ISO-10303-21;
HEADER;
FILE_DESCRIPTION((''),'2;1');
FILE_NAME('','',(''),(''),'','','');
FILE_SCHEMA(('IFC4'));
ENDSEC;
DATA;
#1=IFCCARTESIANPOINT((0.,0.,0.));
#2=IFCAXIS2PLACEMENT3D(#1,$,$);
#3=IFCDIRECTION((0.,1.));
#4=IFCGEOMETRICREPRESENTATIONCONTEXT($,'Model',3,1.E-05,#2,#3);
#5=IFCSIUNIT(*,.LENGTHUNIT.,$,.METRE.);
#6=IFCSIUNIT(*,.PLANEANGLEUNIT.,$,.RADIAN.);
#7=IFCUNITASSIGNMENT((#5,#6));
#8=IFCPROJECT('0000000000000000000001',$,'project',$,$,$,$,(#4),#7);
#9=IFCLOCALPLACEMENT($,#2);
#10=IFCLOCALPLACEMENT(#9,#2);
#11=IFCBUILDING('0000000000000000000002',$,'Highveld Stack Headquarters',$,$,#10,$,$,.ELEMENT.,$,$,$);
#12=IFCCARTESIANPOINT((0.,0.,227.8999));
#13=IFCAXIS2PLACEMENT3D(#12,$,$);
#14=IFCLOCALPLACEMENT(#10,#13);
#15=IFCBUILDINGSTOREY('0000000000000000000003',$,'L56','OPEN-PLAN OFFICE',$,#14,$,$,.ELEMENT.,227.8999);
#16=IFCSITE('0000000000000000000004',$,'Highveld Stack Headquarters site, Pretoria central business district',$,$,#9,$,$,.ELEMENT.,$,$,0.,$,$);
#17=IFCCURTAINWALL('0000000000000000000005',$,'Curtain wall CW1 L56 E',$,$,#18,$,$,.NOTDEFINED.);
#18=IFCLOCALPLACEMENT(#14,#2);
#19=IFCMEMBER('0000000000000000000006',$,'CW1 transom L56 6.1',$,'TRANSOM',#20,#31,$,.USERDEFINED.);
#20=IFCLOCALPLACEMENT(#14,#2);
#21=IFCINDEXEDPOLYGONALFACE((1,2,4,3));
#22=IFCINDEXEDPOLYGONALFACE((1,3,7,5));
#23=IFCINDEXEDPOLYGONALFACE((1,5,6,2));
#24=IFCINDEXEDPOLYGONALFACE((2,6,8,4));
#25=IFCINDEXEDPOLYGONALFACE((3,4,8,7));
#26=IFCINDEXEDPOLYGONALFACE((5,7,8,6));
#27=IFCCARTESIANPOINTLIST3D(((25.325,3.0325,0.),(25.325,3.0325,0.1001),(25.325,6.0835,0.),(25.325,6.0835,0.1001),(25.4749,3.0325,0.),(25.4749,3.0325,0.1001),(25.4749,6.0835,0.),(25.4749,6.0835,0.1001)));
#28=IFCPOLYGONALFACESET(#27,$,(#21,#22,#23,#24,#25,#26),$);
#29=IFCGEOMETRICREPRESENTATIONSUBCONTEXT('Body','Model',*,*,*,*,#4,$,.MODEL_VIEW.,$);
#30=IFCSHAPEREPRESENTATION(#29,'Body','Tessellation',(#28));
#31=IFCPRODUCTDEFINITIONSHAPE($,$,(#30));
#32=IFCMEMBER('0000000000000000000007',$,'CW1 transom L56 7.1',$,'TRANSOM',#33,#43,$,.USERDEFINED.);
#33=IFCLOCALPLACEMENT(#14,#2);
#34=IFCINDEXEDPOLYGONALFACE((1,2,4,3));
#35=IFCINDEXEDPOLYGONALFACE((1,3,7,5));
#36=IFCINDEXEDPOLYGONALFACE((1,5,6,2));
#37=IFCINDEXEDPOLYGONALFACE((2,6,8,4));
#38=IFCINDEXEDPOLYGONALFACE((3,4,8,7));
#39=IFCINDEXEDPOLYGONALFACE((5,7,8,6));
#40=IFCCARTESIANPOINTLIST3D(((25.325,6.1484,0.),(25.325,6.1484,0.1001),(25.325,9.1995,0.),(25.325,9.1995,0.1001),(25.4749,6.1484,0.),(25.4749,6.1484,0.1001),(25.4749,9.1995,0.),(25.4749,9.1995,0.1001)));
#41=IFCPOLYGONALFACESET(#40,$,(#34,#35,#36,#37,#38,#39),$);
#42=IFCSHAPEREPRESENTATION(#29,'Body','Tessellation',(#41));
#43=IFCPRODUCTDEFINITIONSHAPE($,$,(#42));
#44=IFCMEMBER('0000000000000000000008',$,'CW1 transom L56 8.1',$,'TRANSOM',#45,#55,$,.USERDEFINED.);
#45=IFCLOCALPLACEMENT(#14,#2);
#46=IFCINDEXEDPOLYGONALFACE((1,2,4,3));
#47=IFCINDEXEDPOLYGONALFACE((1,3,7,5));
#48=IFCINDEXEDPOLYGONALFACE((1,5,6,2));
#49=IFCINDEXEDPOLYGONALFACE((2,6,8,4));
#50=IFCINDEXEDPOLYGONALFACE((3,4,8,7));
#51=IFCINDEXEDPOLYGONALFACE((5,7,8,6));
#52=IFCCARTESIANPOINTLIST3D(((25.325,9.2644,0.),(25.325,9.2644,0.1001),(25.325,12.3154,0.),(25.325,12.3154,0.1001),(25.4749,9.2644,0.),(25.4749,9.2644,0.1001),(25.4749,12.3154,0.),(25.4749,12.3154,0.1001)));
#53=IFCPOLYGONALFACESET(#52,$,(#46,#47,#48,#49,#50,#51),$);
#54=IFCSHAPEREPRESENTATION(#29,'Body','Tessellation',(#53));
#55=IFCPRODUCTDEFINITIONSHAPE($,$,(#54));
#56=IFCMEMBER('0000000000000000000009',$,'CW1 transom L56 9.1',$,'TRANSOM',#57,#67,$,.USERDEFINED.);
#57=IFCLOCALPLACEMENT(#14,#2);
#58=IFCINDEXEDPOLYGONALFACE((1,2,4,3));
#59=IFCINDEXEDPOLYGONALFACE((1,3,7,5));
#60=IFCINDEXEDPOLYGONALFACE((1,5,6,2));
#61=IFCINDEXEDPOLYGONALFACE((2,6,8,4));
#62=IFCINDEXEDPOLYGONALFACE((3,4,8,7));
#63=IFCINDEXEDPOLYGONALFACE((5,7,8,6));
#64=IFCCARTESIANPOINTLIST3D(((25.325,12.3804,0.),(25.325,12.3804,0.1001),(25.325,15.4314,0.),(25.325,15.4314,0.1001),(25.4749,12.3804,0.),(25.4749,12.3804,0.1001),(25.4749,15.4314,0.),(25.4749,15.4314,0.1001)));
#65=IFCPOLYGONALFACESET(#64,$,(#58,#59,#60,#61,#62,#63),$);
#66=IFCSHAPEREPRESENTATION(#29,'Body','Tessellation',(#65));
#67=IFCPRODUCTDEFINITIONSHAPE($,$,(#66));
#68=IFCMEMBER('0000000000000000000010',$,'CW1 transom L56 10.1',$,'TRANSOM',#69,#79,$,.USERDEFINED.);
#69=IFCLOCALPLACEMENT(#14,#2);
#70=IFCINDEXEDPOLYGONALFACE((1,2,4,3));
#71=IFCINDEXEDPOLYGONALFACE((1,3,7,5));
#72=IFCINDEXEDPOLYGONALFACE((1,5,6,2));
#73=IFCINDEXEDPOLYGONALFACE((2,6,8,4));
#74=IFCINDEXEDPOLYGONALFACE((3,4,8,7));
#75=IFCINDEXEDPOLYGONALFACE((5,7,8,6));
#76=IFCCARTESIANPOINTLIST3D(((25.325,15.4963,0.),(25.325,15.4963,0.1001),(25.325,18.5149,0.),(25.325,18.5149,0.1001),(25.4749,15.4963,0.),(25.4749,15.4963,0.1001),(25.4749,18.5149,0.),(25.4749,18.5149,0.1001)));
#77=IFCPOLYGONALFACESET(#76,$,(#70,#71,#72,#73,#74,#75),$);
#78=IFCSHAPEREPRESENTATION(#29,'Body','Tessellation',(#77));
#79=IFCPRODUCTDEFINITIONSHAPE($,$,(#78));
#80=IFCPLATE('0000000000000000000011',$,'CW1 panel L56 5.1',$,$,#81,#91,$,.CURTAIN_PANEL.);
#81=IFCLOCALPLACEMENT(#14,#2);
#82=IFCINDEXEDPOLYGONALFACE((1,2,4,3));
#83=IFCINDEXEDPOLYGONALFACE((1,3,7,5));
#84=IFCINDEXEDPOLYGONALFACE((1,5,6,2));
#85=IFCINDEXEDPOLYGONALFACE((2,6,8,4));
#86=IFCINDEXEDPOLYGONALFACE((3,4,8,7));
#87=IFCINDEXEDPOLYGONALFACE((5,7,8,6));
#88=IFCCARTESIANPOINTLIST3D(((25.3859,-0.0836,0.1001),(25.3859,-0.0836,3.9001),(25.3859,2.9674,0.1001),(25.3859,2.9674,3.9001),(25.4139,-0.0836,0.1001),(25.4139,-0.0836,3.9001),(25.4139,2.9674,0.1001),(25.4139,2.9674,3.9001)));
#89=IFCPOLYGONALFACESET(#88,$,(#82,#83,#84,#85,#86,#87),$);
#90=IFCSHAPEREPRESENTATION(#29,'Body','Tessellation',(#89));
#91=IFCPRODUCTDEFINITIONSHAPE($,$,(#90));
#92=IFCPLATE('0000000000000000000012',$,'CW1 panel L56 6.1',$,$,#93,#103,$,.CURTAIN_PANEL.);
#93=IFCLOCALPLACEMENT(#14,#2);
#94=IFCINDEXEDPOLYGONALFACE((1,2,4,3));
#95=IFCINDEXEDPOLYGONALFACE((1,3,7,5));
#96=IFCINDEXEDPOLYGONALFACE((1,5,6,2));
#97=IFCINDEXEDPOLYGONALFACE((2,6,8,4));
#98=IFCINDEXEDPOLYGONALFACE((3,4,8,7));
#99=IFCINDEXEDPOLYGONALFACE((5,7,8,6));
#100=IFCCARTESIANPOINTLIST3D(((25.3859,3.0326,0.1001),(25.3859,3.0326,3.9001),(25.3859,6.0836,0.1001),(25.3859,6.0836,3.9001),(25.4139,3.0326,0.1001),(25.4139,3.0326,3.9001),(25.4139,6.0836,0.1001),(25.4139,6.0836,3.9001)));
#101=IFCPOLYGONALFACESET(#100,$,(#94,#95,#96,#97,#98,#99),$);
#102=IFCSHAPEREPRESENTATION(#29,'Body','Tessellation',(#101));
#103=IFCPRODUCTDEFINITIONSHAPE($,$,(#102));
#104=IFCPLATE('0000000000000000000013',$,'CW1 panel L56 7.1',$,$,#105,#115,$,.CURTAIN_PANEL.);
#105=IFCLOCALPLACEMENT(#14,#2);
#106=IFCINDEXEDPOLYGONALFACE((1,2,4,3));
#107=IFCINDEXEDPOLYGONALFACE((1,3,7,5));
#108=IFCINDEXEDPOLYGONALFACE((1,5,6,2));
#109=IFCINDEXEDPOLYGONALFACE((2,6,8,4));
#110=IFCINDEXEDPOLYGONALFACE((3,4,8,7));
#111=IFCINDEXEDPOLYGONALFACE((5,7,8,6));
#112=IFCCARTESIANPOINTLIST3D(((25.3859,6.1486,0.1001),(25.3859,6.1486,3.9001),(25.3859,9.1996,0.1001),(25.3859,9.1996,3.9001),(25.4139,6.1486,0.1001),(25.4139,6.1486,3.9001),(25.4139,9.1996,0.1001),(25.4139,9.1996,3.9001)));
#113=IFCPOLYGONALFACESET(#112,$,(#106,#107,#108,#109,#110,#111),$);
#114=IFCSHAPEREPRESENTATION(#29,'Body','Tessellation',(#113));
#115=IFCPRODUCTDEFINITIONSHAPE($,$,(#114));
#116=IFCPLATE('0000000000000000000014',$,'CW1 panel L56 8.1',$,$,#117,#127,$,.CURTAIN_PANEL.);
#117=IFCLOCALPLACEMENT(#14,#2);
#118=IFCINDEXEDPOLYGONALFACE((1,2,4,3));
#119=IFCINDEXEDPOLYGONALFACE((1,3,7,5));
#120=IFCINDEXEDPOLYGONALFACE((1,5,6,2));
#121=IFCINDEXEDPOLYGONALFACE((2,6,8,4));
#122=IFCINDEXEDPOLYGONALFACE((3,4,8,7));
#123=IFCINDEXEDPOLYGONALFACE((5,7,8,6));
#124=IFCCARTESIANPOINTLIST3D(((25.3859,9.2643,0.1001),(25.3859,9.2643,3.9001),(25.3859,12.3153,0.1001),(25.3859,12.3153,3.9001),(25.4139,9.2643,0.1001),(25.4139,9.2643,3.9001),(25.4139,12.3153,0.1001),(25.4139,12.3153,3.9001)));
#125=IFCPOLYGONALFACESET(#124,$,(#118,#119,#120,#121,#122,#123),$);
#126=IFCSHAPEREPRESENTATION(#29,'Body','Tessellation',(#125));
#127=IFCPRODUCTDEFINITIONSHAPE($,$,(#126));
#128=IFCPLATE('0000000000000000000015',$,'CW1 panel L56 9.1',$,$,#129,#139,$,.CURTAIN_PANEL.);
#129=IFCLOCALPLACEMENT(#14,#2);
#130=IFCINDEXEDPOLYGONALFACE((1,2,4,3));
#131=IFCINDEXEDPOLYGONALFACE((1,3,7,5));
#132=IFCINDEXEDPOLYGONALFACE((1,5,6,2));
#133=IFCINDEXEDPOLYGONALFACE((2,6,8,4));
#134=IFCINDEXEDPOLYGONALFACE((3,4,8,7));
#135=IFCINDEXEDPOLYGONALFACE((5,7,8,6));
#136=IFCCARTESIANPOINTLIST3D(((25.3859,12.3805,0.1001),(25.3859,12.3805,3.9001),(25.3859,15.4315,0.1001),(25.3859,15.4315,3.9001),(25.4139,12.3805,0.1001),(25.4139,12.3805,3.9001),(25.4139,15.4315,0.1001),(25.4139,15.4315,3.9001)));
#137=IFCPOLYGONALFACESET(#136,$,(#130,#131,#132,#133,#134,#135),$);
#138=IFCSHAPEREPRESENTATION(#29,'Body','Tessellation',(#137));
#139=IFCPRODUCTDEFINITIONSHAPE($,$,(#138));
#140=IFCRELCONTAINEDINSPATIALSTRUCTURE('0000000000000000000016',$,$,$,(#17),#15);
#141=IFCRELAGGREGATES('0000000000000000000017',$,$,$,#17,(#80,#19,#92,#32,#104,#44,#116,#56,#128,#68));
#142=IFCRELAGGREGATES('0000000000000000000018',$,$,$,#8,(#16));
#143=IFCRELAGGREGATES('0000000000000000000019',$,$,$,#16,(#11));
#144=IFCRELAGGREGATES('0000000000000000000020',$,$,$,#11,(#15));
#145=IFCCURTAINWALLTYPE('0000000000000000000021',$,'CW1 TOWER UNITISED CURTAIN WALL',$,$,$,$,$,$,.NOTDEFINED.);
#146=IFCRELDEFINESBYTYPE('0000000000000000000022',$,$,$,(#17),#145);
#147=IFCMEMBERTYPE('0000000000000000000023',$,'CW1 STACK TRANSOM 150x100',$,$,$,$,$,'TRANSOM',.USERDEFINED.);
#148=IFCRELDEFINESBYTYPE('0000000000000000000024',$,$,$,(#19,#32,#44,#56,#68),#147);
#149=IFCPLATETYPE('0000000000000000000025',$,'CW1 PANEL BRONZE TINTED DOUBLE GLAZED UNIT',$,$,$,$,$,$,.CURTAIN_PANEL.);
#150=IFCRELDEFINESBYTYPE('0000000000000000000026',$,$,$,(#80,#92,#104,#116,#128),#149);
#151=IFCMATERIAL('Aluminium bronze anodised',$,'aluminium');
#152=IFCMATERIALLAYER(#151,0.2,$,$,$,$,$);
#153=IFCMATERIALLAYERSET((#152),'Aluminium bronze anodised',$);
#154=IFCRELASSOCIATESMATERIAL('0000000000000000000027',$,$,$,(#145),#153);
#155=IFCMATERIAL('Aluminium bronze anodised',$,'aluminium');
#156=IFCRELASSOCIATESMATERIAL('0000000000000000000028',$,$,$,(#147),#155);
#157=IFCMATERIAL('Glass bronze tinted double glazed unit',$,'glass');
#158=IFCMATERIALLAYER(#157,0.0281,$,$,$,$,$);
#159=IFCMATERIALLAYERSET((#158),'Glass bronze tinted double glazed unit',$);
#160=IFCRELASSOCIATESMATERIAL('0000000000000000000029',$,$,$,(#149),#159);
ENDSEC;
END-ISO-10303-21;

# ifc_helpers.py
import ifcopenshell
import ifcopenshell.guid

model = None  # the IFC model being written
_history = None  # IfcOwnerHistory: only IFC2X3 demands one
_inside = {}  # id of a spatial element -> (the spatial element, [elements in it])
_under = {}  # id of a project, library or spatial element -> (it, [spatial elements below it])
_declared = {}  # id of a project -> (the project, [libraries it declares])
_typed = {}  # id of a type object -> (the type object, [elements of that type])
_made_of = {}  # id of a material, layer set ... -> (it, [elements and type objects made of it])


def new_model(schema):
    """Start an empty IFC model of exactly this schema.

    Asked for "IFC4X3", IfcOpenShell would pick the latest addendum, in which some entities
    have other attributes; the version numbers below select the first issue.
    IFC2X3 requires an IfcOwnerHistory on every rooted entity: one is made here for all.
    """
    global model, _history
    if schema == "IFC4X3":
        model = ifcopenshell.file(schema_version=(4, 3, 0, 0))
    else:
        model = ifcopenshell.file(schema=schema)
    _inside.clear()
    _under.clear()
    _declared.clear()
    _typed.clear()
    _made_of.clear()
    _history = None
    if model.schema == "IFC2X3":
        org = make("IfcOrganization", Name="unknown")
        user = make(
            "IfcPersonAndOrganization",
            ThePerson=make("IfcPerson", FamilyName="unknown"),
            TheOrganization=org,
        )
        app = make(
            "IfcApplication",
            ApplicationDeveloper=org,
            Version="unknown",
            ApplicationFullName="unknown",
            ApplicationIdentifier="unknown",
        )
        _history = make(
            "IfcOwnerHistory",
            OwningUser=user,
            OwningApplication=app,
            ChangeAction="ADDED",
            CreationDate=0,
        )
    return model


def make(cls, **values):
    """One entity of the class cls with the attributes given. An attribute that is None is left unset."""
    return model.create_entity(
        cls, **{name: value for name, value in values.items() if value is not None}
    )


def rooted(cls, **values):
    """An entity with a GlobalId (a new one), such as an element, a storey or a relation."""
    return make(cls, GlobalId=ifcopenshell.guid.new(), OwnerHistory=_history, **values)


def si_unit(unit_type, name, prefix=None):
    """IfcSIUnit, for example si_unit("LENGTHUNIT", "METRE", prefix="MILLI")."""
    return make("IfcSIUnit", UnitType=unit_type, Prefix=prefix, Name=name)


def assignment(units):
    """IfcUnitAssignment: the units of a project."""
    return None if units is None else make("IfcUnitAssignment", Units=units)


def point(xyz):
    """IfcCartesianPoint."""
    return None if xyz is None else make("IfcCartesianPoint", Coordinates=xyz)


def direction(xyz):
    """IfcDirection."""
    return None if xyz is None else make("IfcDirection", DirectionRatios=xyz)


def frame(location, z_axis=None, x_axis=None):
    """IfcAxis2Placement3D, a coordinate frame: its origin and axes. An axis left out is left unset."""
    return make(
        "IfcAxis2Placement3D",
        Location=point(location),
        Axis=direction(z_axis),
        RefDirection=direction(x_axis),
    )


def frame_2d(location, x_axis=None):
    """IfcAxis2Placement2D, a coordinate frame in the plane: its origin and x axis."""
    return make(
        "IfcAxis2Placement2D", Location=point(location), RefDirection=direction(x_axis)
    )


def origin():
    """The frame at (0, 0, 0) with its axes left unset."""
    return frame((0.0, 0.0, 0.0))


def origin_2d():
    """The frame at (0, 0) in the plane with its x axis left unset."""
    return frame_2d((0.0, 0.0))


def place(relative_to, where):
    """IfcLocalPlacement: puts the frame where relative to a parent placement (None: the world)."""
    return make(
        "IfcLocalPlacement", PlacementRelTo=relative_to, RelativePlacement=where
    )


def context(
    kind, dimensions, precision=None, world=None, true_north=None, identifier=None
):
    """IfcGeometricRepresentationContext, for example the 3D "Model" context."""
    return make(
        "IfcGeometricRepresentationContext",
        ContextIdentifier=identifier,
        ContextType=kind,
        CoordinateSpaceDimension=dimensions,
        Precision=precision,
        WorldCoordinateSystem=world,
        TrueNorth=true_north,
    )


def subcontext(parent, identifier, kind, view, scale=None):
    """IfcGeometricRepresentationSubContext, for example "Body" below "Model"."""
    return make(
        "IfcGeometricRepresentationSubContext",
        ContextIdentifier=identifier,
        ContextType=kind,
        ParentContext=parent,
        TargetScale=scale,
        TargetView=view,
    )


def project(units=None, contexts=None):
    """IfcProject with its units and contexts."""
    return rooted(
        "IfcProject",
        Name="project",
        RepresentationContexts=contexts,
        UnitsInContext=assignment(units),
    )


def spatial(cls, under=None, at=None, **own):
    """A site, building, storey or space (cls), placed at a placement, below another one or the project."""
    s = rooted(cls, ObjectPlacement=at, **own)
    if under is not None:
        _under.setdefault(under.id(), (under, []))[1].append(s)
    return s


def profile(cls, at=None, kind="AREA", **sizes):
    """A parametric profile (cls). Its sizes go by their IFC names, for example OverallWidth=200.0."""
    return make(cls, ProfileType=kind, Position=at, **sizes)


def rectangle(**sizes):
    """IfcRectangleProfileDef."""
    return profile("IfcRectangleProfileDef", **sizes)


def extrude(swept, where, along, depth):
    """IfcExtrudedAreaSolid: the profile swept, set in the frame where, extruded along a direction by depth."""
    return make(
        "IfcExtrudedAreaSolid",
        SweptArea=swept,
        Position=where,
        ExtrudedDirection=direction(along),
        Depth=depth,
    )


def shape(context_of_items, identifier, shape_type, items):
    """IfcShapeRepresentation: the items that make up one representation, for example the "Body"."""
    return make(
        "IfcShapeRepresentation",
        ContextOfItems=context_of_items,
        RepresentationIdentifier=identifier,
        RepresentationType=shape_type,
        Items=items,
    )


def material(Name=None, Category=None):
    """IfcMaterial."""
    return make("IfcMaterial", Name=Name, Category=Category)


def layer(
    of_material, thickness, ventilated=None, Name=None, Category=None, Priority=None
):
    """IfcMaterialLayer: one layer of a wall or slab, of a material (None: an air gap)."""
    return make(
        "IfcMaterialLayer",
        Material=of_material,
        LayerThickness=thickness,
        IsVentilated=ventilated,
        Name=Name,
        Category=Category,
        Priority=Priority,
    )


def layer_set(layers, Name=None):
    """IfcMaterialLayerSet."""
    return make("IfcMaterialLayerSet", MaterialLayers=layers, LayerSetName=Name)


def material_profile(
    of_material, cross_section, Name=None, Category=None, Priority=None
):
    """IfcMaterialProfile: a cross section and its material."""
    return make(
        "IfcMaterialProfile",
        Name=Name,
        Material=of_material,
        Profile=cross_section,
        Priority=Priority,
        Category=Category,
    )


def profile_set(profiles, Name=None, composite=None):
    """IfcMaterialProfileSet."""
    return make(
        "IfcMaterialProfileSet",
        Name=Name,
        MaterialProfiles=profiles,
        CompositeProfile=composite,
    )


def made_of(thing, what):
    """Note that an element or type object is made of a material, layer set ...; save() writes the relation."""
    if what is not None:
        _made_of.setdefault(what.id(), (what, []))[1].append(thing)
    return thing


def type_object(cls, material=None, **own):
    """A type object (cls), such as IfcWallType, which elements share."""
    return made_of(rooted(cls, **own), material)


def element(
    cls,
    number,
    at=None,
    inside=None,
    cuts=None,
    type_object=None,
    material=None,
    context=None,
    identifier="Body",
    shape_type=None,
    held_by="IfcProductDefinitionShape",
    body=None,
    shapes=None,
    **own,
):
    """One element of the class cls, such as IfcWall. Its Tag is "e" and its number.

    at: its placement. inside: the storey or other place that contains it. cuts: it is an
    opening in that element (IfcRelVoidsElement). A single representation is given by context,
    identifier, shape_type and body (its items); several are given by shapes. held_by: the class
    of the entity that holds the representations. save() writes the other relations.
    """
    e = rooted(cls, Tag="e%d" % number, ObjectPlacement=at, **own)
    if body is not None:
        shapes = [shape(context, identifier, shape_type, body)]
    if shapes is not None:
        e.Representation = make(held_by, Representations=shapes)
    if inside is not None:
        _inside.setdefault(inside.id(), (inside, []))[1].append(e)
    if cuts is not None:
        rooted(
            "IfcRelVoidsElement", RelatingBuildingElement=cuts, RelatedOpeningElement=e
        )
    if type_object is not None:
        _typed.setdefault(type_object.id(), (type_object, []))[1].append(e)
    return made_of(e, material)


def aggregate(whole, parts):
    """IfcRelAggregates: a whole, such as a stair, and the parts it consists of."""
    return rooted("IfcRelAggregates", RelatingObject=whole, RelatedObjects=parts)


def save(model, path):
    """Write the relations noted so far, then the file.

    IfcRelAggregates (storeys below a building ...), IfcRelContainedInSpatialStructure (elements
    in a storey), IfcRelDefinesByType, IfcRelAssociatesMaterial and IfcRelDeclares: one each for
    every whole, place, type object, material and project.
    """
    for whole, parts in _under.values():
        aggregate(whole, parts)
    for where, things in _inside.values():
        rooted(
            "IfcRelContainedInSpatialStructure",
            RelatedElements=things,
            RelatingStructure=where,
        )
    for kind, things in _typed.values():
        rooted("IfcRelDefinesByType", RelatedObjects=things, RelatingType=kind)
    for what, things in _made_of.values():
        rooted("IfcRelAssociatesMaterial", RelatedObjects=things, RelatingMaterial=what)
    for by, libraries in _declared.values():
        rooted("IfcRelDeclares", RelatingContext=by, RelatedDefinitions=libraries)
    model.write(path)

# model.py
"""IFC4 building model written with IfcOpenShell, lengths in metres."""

from ifc_helpers import new_model, si_unit, direction, frame, origin, origin_2d, place, context, subcontext, project, spatial, rectangle, extrude, material, layer, layer_set, material_profile, profile_set, type_object, element, aggregate, save


model = new_model("IFC4")

# Units and contexts
model_context = context("Model", 3, precision=1e-05, world=origin(), true_north=direction((0.0, 1.0)))
body_context = subcontext(model_context, "Body", "Model", "MODEL_VIEW")
ifc_project = project(units=[si_unit("LENGTHUNIT", "METRE"), si_unit("PLANEANGLEUNIT", "RADIAN")], contexts=[model_context])

# Site, building, storey
site_placement = place(None, origin())
site = spatial("IfcSite", under=ifc_project, at=site_placement, Name="Highveld Stack Headquarters site, Pretoria central business district", CompositionType="ELEMENT", RefElevation=0.0)
building_placement = place(site_placement, origin())
building = spatial("IfcBuilding", under=site, at=building_placement, Name="Highveld Stack Headquarters", CompositionType="ELEMENT")
storey_placement = place(building_placement, frame((0.0, 0.0, 227.8999)))
storey = spatial("IfcBuildingStorey", under=building, at=storey_placement, Name="L56", Description="OPEN-PLAN OFFICE", CompositionType="ELEMENT", Elevation=227.8999)

# Curtain wall, members, plates
ifc_material_1 = material(Name="Aluminium bronze anodised", Category="aluminium")
ifc_layer_1 = layer(ifc_material_1, 0.2)
ifc_layer_set_1 = layer_set([ifc_layer_1], Name="Aluminium bronze anodised")
curtain_wall_type = type_object("IfcCurtainWallType", Name="CW1 TOWER UNITISED CURTAIN WALL", PredefinedType="NOTDEFINED", material=ifc_layer_set_1)
curtain_wall_placement = place(storey_placement, origin())
curtain_wall = element("IfcCurtainWall", 1, at=curtain_wall_placement, inside=storey, type_object=curtain_wall_type, Name="Curtain wall CW1 L56 E", PredefinedType="NOTDEFINED")
ifc_material_2 = material(Name="Aluminium bronze anodised", Category="aluminium")
ifc_material_profile_1 = material_profile(ifc_material_2, rectangle(XDim=0.1499, YDim=0.1001, at=origin_2d()), Name="CW1 TRANSOM 150x100")
ifc_profile_set_1 = profile_set([ifc_material_profile_1], Name="Aluminium bronze anodised")
member_type_1 = type_object("IfcMemberType", Name="CW1 STACK TRANSOM 150x100", ElementType="TRANSOM", PredefinedType="USERDEFINED", material=ifc_profile_set_1)
member_1_placement = place(storey_placement, frame((25.3999, 3.0325, 0.05), z_axis=(0.0, 1.0, 0.0), x_axis=(-1.0, 0.0, 0.0)))
member_1 = element("IfcMember", 2, at=member_1_placement, type_object=member_type_1, Name="CW1 transom L56 6.1", ObjectType="TRANSOM", PredefinedType="USERDEFINED", context=body_context, shape_type="SweptSolid", body=[
    extrude(rectangle(XDim=0.1499, YDim=0.1001, at=origin_2d()), origin(), (0.0, 0.0, 1.0), 3.051),
])
member_2_placement = place(storey_placement, frame((25.3999, 6.1484, 0.05), z_axis=(0.0, 1.0, 0.0), x_axis=(-1.0, 0.0, 0.0)))
member_2 = element("IfcMember", 3, at=member_2_placement, type_object=member_type_1, Name="CW1 transom L56 7.1", ObjectType="TRANSOM", PredefinedType="USERDEFINED", context=body_context, shape_type="SweptSolid", body=[
    extrude(rectangle(XDim=0.1499, YDim=0.1001, at=origin_2d()), origin(), (0.0, 0.0, 1.0), 3.051),
])
member_3_placement = place(storey_placement, frame((25.3999, 9.2644, 0.05), z_axis=(0.0, 1.0, 0.0), x_axis=(-1.0, 0.0, 0.0)))
member_3 = element("IfcMember", 4, at=member_3_placement, type_object=member_type_1, Name="CW1 transom L56 8.1", ObjectType="TRANSOM", PredefinedType="USERDEFINED", context=body_context, shape_type="SweptSolid", body=[
    extrude(rectangle(XDim=0.1499, YDim=0.1001, at=origin_2d()), origin(), (0.0, 0.0, 1.0), 3.051),
])
member_4_placement = place(storey_placement, frame((25.3999, 12.3804, 0.05), z_axis=(0.0, 1.0, 0.0), x_axis=(-1.0, 0.0, 0.0)))
member_4 = element("IfcMember", 5, at=member_4_placement, type_object=member_type_1, Name="CW1 transom L56 9.1", ObjectType="TRANSOM", PredefinedType="USERDEFINED", context=body_context, shape_type="SweptSolid", body=[
    extrude(rectangle(XDim=0.1499, YDim=0.1001, at=origin_2d()), origin(), (0.0, 0.0, 1.0), 3.051),
])
member_5_placement = place(storey_placement, frame((25.3999, 15.4963, 0.05), z_axis=(0.0, 1.0, 0.0), x_axis=(-1.0, 0.0, 0.0)))
member_5 = element("IfcMember", 6, at=member_5_placement, type_object=member_type_1, Name="CW1 transom L56 10.1", ObjectType="TRANSOM", PredefinedType="USERDEFINED", context=body_context, shape_type="SweptSolid", body=[
    extrude(rectangle(XDim=0.1499, YDim=0.1001, at=origin_2d()), origin(), (0.0, 0.0, 1.0), 3.0186),
])
ifc_material_3 = material(Name="Glass bronze tinted double glazed unit", Category="glass")
ifc_layer_2 = layer(ifc_material_3, 0.0281)
ifc_layer_set_2 = layer_set([ifc_layer_2], Name="Glass bronze tinted double glazed unit")
plate_type = type_object("IfcPlateType", Name="CW1 PANEL BRONZE TINTED DOUBLE GLAZED UNIT", PredefinedType="CURTAIN_PANEL", material=ifc_layer_set_2)
plate_1_placement = place(storey_placement, frame((25.3999, 1.4419, 0.1001), z_axis=(0.0, 0.0, 1.0), x_axis=(0.0, 1.0, 0.0)))
plate_1 = element("IfcPlate", 7, at=plate_1_placement, type_object=plate_type, Name="CW1 panel L56 5.1", PredefinedType="CURTAIN_PANEL", context=body_context, shape_type="SweptSolid", body=[
    extrude(rectangle(XDim=3.051, YDim=0.0281, at=origin_2d()), origin(), (0.0, 0.0, 1.0), 3.8),
])
plate_2_placement = place(storey_placement, frame((25.3999, 4.5581, 0.1001), z_axis=(0.0, 0.0, 1.0), x_axis=(0.0, 1.0, 0.0)))
plate_2 = element("IfcPlate", 8, at=plate_2_placement, type_object=plate_type, Name="CW1 panel L56 6.1", PredefinedType="CURTAIN_PANEL", context=body_context, shape_type="SweptSolid", body=[
    extrude(rectangle(XDim=3.051, YDim=0.0281, at=origin_2d()), origin(), (0.0, 0.0, 1.0), 3.8),
])
plate_3_placement = place(storey_placement, frame((25.3999, 7.6741, 0.1001), z_axis=(0.0, 0.0, 1.0), x_axis=(0.0, 1.0, 0.0)))
plate_3 = element("IfcPlate", 9, at=plate_3_placement, type_object=plate_type, Name="CW1 panel L56 7.1", PredefinedType="CURTAIN_PANEL", context=body_context, shape_type="SweptSolid", body=[
    extrude(rectangle(XDim=3.051, YDim=0.0281, at=origin_2d()), origin(), (0.0, 0.0, 1.0), 3.8),
])
plate_4_placement = place(storey_placement, frame((25.3999, 10.7898, 0.1001), z_axis=(0.0, 0.0, 1.0), x_axis=(0.0, 1.0, 0.0)))
plate_4 = element("IfcPlate", 10, at=plate_4_placement, type_object=plate_type, Name="CW1 panel L56 8.1", PredefinedType="CURTAIN_PANEL", context=body_context, shape_type="SweptSolid", body=[
    extrude(rectangle(XDim=3.051, YDim=0.0281, at=origin_2d()), origin(), (0.0, 0.0, 1.0), 3.8),
])
plate_5_placement = place(storey_placement, frame((25.3999, 13.906, 0.1001), z_axis=(0.0, 0.0, 1.0), x_axis=(0.0, 1.0, 0.0)))
plate_5 = element("IfcPlate", 11, at=plate_5_placement, type_object=plate_type, Name="CW1 panel L56 9.1", PredefinedType="CURTAIN_PANEL", context=body_context, shape_type="SweptSolid", body=[
    extrude(rectangle(XDim=3.051, YDim=0.0281, at=origin_2d()), origin(), (0.0, 0.0, 1.0), 3.8),
])
aggregate(curtain_wall, [plate_1, member_1, plate_2, member_2, plate_3, member_3, plate_4, member_4, plate_5, member_5])

save(model, "model.ifc")
